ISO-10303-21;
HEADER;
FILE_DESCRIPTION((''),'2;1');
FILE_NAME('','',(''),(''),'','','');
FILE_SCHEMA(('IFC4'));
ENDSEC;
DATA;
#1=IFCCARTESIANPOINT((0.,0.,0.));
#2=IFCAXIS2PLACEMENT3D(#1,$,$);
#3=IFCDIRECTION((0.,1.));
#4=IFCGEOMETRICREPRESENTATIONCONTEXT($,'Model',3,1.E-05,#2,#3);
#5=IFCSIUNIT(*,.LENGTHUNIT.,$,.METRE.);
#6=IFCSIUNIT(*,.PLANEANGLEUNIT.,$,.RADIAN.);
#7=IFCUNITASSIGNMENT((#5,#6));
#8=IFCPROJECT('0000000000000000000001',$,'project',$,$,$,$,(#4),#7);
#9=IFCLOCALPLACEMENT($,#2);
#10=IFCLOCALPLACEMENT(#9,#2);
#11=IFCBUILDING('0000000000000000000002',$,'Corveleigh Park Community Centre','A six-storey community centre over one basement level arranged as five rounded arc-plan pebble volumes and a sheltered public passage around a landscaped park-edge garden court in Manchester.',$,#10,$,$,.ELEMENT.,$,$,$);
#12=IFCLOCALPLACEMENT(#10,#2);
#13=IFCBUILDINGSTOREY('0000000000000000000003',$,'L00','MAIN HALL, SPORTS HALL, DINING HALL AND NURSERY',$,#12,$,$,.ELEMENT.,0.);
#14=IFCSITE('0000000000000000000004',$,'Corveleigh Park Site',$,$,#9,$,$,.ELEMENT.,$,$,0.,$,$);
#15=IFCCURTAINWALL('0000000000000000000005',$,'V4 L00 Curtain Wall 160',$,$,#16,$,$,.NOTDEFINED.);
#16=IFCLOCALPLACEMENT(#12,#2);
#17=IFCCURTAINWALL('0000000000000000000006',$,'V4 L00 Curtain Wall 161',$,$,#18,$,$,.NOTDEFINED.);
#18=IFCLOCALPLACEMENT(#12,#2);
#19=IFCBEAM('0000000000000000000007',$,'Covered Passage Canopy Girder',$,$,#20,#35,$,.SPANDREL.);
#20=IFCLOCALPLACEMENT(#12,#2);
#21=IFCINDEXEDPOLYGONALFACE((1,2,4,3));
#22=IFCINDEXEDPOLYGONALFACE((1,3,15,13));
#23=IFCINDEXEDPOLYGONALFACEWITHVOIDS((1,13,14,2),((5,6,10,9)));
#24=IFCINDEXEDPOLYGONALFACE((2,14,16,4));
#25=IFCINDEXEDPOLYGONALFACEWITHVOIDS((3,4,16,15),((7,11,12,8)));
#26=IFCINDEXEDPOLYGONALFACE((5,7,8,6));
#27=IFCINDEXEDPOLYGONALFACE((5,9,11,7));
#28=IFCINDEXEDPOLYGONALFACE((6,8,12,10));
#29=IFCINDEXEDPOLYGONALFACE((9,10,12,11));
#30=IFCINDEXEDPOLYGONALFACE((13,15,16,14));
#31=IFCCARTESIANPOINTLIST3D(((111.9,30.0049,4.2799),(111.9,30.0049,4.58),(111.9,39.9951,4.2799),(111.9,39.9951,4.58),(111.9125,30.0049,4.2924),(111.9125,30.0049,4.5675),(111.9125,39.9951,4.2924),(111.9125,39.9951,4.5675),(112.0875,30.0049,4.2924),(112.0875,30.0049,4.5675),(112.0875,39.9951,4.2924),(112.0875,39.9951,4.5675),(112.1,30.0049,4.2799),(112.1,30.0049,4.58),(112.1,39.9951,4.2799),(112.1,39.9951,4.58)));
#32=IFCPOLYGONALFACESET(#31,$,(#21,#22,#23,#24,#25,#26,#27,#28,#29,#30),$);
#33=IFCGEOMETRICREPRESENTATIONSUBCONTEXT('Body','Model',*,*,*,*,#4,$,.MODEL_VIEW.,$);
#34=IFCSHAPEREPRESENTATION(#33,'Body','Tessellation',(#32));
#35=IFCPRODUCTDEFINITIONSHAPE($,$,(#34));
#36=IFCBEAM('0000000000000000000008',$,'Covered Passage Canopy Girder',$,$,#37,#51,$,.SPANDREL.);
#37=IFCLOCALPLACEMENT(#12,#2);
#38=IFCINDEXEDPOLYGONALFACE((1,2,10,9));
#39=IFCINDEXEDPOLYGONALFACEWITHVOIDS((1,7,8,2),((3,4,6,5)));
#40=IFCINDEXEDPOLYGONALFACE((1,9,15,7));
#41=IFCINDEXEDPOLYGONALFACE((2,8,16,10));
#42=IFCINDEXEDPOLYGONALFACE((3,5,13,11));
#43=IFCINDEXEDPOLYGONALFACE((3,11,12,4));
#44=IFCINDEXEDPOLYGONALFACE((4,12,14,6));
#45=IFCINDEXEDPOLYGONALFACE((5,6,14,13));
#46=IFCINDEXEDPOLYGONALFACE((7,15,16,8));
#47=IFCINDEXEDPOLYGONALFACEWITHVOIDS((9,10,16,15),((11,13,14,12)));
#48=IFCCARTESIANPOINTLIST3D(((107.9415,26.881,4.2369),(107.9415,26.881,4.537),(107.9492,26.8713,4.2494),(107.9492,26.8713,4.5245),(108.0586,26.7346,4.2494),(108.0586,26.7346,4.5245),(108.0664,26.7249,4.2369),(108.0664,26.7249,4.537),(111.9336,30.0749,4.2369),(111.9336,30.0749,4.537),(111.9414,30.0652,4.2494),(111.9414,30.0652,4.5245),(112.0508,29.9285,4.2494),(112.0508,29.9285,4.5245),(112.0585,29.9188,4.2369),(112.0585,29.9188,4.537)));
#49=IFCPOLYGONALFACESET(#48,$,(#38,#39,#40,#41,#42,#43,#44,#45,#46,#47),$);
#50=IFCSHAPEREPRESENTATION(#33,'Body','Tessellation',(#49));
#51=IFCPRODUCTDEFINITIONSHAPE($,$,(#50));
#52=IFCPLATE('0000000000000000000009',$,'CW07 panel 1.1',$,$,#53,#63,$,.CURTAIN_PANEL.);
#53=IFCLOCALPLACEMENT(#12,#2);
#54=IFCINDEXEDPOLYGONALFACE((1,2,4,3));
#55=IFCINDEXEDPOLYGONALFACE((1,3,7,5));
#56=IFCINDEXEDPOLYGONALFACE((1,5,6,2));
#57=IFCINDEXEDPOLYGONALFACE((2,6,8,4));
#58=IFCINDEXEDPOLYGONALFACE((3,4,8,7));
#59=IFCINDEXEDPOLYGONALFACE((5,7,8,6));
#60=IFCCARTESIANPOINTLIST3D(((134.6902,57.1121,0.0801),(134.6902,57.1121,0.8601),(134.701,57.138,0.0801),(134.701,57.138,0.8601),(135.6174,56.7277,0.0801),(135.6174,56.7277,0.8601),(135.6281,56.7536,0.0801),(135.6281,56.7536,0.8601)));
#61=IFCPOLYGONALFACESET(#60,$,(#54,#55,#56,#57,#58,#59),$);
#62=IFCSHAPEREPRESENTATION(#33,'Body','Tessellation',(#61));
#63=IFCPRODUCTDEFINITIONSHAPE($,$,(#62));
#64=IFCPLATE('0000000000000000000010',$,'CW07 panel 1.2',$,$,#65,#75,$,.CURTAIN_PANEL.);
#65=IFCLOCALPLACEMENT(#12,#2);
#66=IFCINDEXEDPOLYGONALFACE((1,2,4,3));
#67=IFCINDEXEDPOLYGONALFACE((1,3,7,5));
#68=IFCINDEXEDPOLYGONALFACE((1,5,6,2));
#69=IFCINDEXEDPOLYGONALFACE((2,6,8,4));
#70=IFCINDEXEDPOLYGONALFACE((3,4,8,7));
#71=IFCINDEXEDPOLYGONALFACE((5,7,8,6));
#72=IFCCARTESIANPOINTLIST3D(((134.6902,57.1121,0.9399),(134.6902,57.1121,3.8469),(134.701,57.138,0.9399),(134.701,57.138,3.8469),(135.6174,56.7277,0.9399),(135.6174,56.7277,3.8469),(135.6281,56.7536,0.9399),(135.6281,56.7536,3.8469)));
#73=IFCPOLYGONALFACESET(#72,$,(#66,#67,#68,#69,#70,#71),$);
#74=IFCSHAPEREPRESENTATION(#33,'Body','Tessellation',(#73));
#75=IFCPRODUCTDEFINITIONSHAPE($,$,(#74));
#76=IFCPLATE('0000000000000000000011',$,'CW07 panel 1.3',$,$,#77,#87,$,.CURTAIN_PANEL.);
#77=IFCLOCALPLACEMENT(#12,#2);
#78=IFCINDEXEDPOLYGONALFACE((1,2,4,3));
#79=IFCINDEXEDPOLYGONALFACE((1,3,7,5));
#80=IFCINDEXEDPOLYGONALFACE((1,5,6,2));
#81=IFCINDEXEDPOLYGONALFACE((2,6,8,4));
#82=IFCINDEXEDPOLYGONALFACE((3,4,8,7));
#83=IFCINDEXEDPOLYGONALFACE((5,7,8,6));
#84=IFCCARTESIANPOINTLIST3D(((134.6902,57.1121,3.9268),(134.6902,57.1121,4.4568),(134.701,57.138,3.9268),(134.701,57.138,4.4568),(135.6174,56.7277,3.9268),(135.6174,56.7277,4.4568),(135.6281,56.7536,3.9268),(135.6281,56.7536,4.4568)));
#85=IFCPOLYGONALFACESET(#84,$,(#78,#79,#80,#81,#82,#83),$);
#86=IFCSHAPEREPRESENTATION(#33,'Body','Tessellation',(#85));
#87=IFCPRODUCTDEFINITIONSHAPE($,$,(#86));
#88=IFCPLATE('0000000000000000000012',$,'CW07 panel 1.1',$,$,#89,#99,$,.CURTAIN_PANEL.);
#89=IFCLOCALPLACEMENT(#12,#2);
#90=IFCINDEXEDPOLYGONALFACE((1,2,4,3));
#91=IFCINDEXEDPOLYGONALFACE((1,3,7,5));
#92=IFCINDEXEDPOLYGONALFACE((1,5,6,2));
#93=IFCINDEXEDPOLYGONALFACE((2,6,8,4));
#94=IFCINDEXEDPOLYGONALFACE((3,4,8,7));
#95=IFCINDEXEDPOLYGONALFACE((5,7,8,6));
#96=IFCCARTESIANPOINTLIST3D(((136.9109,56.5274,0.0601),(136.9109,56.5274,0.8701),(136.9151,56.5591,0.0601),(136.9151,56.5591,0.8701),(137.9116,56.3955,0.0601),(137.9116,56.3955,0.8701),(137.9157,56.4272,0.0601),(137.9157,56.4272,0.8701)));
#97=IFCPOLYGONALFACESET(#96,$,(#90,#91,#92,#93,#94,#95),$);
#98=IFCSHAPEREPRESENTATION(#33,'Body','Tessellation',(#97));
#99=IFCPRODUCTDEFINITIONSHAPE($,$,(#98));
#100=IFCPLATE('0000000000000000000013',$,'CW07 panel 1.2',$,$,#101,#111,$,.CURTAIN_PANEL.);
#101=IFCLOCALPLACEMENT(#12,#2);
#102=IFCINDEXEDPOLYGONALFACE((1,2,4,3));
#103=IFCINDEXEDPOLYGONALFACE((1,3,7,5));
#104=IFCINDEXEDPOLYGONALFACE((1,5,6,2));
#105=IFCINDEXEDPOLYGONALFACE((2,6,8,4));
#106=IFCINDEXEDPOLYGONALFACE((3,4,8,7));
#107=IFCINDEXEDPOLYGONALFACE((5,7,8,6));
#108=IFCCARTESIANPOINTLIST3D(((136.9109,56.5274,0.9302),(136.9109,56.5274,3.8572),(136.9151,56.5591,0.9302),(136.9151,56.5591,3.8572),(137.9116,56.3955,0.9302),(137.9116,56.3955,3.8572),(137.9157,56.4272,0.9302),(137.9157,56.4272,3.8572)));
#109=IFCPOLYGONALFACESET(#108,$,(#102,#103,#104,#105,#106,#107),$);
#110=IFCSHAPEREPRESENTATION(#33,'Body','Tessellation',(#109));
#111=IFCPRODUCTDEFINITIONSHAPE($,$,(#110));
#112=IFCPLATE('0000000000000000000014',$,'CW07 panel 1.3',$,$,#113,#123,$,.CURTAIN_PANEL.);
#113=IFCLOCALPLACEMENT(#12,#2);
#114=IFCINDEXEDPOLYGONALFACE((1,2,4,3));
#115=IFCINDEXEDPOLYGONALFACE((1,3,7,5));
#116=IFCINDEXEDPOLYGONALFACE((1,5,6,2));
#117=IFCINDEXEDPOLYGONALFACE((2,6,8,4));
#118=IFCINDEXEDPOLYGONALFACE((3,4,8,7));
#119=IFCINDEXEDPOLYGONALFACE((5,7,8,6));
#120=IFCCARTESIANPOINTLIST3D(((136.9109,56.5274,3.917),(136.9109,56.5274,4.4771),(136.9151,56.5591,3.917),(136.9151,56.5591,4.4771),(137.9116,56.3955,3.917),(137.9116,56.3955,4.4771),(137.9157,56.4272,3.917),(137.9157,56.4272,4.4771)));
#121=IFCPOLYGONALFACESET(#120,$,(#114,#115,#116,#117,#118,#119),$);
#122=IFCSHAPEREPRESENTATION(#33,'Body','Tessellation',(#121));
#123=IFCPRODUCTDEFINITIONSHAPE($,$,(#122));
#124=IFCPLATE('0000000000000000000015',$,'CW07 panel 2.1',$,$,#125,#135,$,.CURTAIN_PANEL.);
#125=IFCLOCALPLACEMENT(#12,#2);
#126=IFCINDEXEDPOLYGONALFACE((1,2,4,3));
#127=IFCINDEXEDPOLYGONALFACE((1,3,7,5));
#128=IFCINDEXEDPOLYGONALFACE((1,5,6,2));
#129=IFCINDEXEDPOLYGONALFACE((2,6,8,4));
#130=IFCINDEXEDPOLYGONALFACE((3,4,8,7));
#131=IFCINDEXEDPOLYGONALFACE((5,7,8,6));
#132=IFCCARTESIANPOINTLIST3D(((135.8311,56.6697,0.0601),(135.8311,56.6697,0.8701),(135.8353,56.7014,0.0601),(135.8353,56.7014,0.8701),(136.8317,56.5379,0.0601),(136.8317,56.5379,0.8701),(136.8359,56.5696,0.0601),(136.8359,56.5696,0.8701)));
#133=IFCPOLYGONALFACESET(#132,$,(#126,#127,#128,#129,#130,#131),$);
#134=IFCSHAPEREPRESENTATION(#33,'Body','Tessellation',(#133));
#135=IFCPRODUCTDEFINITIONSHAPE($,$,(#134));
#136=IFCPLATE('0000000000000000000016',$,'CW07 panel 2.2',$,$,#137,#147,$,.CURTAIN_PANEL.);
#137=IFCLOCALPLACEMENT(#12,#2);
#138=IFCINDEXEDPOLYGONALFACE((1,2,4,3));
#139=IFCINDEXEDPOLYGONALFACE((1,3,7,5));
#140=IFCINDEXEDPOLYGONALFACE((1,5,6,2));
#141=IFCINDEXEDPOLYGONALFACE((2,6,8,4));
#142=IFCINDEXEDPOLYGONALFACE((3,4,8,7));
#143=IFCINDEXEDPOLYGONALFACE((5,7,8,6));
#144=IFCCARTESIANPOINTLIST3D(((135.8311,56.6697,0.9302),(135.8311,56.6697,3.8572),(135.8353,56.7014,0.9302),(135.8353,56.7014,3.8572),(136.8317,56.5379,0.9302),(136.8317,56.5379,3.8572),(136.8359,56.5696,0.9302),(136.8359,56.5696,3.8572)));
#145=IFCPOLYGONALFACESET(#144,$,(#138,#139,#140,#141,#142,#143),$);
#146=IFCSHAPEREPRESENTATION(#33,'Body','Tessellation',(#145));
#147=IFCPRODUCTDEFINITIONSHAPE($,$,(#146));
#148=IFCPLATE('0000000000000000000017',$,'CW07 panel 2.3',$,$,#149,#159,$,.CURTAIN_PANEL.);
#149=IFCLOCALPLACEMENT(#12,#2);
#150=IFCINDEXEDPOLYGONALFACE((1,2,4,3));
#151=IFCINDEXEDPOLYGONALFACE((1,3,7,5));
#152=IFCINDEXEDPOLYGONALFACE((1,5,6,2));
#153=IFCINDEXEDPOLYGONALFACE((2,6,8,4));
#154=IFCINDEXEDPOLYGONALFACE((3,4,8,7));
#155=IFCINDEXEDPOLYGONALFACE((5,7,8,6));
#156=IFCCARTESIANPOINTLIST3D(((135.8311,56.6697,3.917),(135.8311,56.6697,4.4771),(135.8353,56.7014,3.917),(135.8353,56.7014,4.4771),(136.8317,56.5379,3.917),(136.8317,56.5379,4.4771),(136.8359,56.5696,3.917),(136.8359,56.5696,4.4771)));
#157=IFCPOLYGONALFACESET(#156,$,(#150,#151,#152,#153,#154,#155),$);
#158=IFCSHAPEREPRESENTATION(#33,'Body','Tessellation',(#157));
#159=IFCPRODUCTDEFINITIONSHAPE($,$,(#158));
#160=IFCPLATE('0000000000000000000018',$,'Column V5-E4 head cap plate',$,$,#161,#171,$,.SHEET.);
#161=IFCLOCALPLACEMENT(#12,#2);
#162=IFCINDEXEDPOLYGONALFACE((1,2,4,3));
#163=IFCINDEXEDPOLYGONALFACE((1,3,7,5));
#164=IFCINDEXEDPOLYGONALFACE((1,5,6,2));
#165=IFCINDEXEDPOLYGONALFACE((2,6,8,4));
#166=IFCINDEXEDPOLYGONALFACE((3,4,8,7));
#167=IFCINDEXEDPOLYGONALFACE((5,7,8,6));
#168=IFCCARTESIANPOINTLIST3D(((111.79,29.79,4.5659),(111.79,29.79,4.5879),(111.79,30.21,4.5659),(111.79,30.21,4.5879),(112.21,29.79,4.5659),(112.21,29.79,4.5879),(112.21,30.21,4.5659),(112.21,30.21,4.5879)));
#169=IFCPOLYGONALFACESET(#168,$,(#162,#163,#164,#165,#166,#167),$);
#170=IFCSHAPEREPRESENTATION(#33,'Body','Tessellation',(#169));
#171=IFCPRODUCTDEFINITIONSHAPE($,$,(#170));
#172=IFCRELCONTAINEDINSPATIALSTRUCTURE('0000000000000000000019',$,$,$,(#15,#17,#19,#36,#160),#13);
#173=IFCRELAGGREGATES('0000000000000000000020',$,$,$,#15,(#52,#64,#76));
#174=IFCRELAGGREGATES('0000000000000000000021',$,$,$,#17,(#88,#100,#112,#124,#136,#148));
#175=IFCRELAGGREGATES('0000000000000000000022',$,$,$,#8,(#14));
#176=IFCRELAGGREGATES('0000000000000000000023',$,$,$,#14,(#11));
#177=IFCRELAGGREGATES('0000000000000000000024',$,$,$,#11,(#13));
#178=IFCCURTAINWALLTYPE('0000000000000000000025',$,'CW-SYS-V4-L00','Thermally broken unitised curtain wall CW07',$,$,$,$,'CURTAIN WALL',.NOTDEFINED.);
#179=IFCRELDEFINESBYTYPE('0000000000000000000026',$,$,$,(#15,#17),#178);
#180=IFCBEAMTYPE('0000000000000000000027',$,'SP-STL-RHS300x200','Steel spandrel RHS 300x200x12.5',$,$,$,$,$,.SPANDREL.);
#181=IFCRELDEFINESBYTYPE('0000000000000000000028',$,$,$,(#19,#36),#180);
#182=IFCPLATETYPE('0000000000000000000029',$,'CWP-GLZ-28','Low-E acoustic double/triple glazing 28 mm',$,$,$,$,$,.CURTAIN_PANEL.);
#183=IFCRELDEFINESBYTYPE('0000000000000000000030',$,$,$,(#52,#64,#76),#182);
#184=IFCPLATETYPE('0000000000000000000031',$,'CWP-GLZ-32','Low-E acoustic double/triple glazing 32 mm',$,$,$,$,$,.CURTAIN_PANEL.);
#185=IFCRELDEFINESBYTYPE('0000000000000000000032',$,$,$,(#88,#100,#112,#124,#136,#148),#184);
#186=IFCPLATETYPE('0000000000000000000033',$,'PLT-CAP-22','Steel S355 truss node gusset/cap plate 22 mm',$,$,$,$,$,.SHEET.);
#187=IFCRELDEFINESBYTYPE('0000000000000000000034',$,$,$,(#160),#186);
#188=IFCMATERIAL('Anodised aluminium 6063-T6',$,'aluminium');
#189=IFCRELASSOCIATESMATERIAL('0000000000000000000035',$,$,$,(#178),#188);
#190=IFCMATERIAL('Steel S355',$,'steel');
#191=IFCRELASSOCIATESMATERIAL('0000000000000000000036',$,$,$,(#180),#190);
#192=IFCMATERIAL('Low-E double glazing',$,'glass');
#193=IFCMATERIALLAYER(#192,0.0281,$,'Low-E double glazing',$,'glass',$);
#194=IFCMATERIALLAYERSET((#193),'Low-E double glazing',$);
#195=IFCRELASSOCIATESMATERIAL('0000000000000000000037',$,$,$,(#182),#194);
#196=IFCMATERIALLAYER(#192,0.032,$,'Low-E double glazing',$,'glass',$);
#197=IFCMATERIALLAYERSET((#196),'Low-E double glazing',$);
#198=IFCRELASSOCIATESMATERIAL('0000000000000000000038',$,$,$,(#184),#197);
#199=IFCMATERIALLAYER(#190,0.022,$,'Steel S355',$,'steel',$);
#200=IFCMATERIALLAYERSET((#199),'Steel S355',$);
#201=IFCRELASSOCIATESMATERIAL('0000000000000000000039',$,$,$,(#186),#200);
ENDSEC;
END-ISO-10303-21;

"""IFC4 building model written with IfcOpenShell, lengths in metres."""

from ifc_helpers import new_model, si_unit, direction, frame, origin, origin_2d, place, context, subcontext, project, spatial, rectangle, hollow_rectangle, extrude, material, layer, layer_set, material_profile, profile_set, type_object, element, aggregate, save


model = new_model("IFC4")

# Units and contexts
model_context = context("Model", 3, precision=1e-05, world=origin(), true_north=direction((0.0, 1.0)))
body_context = subcontext(model_context, "Body", "Model", "MODEL_VIEW")
ifc_project = project(units=[si_unit("LENGTHUNIT", "METRE"), si_unit("PLANEANGLEUNIT", "RADIAN")], contexts=[model_context])

# Site, building, storey
site_placement = place(None, origin())
site = spatial("IfcSite", under=ifc_project, at=site_placement, Name="Corveleigh Park Site", CompositionType="ELEMENT", RefElevation=0.0)
building_placement = place(site_placement, origin())
building = spatial("IfcBuilding", under=site, at=building_placement, Name="Corveleigh Park Community Centre", Description="A six-storey community centre over one basement level arranged as five rounded arc-plan pebble volumes and a sheltered public passage around a landscaped park-edge garden court in Manchester.", CompositionType="ELEMENT")
storey_placement = place(building_placement, origin())
storey = spatial("IfcBuildingStorey", under=building, at=storey_placement, Name="L00", Description="MAIN HALL, SPORTS HALL, DINING HALL AND NURSERY", CompositionType="ELEMENT", Elevation=0.0)

# Shared definitions
ifc_material_1 = material(Name="Steel S355", Category="steel")

# Curtain wall
ifc_material_2 = material(Name="Anodised aluminium 6063-T6", Category="aluminium")
curtain_wall_type = type_object("IfcCurtainWallType", Name="CW-SYS-V4-L00", Description="Thermally broken unitised curtain wall CW07", ElementType="CURTAIN WALL", PredefinedType="NOTDEFINED", material=ifc_material_2)
curtain_wall_1_placement = place(storey_placement, origin())
curtain_wall_1 = element("IfcCurtainWall", 1, at=curtain_wall_1_placement, inside=storey, type_object=curtain_wall_type, Name="V4 L00 Curtain Wall 160", PredefinedType="NOTDEFINED")

# Curtain wall
curtain_wall_2_placement = place(storey_placement, origin())
curtain_wall_2 = element("IfcCurtainWall", 2, at=curtain_wall_2_placement, inside=storey, type_object=curtain_wall_type, Name="V4 L00 Curtain Wall 161", PredefinedType="NOTDEFINED")

# Beams
ifc_material_profile_1 = material_profile(ifc_material_1, hollow_rectangle(XDim=0.2, YDim=0.3, WallThickness=0.0125, at=origin_2d()), Name="RHS 300x200x12.5", Category="steel")
ifc_profile_set_1 = profile_set([ifc_material_profile_1], Name="Steel S355")
beam_type = type_object("IfcBeamType", Name="SP-STL-RHS300x200", Description="Steel spandrel RHS 300x200x12.5", PredefinedType="SPANDREL", material=ifc_profile_set_1)
beam_1_placement = place(storey_placement, frame((112.0, 39.9951, 4.4299), z_axis=(0.0, -1.0, 0.0), x_axis=(1.0, 0.0, 0.0)))
element("IfcBeam", 3, at=beam_1_placement, inside=storey, type_object=beam_type, Name="Covered Passage Canopy Girder", PredefinedType="SPANDREL", context=body_context, shape_type="SweptSolid", body=[
    extrude(hollow_rectangle(XDim=0.2, YDim=0.3, WallThickness=0.0125, at=origin_2d()), origin(), (0.0, 0.0, 1.0), 9.9902),
])
beam_2_placement = place(storey_placement, frame((111.9961, 29.9968, 4.387), z_axis=(-0.780859, -0.624707, 0.0), x_axis=(0.624707, -0.780859, 0.0)))
element("IfcBeam", 4, at=beam_2_placement, inside=storey, type_object=beam_type, Name="Covered Passage Canopy Girder", PredefinedType="SPANDREL", context=body_context, shape_type="SweptSolid", body=[
    extrude(hollow_rectangle(XDim=0.2, YDim=0.3, WallThickness=0.0125, at=origin_2d()), origin(), (0.0, 0.0, 1.0), 5.1125),
])

# Plates
ifc_material_3 = material(Name="Low-E double glazing", Category="glass")
ifc_layer_1 = layer(ifc_material_3, 0.0281, Name="Low-E double glazing", Category="glass")
ifc_layer_set_1 = layer_set([ifc_layer_1], Name="Low-E double glazing")
plate_type_1 = type_object("IfcPlateType", Name="CWP-GLZ-28", Description="Low-E acoustic double/triple glazing 28 mm", PredefinedType="CURTAIN_PANEL", material=ifc_layer_set_1)
plate_1_placement = place(storey_placement, frame((135.1592, 56.9329, 0.0801), z_axis=(0.0, 0.0, 1.0), x_axis=(-0.923738, 0.383024, 0.0)))
plate_1 = element("IfcPlate", 5, at=plate_1_placement, type_object=plate_type_1, Name="CW07 panel 1.1", PredefinedType="CURTAIN_PANEL", context=body_context, shape_type="SweptSolid", body=[
    extrude(rectangle(XDim=1.0037, YDim=0.0281, at=origin_2d()), origin(), (0.0, 0.0, 1.0), 0.78),
])
plate_2_placement = place(storey_placement, frame((135.1592, 56.9329, 0.9399), z_axis=(0.0, 0.0, 1.0), x_axis=(-0.923738, 0.383024, 0.0)))
plate_2 = element("IfcPlate", 6, at=plate_2_placement, type_object=plate_type_1, Name="CW07 panel 1.2", PredefinedType="CURTAIN_PANEL", context=body_context, shape_type="SweptSolid", body=[
    extrude(rectangle(XDim=1.0037, YDim=0.0281, at=origin_2d()), origin(), (0.0, 0.0, 1.0), 2.907),
])
plate_3_placement = place(storey_placement, frame((135.1592, 56.9329, 3.9268), z_axis=(0.0, 0.0, 1.0), x_axis=(-0.923738, 0.383024, 0.0)))
plate_3 = element("IfcPlate", 7, at=plate_3_placement, type_object=plate_type_1, Name="CW07 panel 1.3", PredefinedType="CURTAIN_PANEL", context=body_context, shape_type="SweptSolid", body=[
    extrude(rectangle(XDim=1.0037, YDim=0.0281, at=origin_2d()), origin(), (0.0, 0.0, 1.0), 0.53),
])
aggregate(curtain_wall_1, [plate_1, plate_2, plate_3])
ifc_layer_2 = layer(ifc_material_3, 0.032, Name="Low-E double glazing", Category="glass")
ifc_layer_set_2 = layer_set([ifc_layer_2], Name="Low-E double glazing")
plate_type_2 = type_object("IfcPlateType", Name="CWP-GLZ-32", Description="Low-E acoustic double/triple glazing 32 mm", PredefinedType="CURTAIN_PANEL", material=ifc_layer_set_2)
plate_4_placement = place(storey_placement, frame((137.4133, 56.4773, 0.0601), z_axis=(0.0, 0.0, 1.0), x_axis=(-0.991432, 0.130626, 0.0)))
plate_4 = element("IfcPlate", 8, at=plate_4_placement, type_object=plate_type_2, Name="CW07 panel 1.1", PredefinedType="CURTAIN_PANEL", context=body_context, shape_type="SweptSolid", body=[
    extrude(rectangle(XDim=1.0093, YDim=0.032, at=origin_2d()), origin(), (0.0, 0.0, 1.0), 0.8101),
])
plate_5_placement = place(storey_placement, frame((137.4133, 56.4773, 0.9302), z_axis=(0.0, 0.0, 1.0), x_axis=(-0.991432, 0.130626, 0.0)))
plate_5 = element("IfcPlate", 9, at=plate_5_placement, type_object=plate_type_2, Name="CW07 panel 1.2", PredefinedType="CURTAIN_PANEL", context=body_context, shape_type="SweptSolid", body=[
    extrude(rectangle(XDim=1.0093, YDim=0.032, at=origin_2d()), origin(), (0.0, 0.0, 1.0), 2.927),
])
plate_6_placement = place(storey_placement, frame((137.4133, 56.4773, 3.917), z_axis=(0.0, 0.0, 1.0), x_axis=(-0.991432, 0.130626, 0.0)))
plate_6 = element("IfcPlate", 10, at=plate_6_placement, type_object=plate_type_2, Name="CW07 panel 1.3", PredefinedType="CURTAIN_PANEL", context=body_context, shape_type="SweptSolid", body=[
    extrude(rectangle(XDim=1.0093, YDim=0.032, at=origin_2d()), origin(), (0.0, 0.0, 1.0), 0.5601),
])
plate_7_placement = place(storey_placement, frame((136.3335, 56.6196, 0.0601), z_axis=(0.0, 0.0, 1.0), x_axis=(-0.991432, 0.130626, 0.0)))
plate_7 = element("IfcPlate", 11, at=plate_7_placement, type_object=plate_type_2, Name="CW07 panel 2.1", PredefinedType="CURTAIN_PANEL", context=body_context, shape_type="SweptSolid", body=[
    extrude(rectangle(XDim=1.0093, YDim=0.032, at=origin_2d()), origin(), (0.0, 0.0, 1.0), 0.8101),
])
plate_8_placement = place(storey_placement, frame((136.3335, 56.6196, 0.9302), z_axis=(0.0, 0.0, 1.0), x_axis=(-0.991432, 0.130626, 0.0)))
plate_8 = element("IfcPlate", 12, at=plate_8_placement, type_object=plate_type_2, Name="CW07 panel 2.2", PredefinedType="CURTAIN_PANEL", context=body_context, shape_type="SweptSolid", body=[
    extrude(rectangle(XDim=1.0093, YDim=0.032, at=origin_2d()), origin(), (0.0, 0.0, 1.0), 2.927),
])
plate_9_placement = place(storey_placement, frame((136.3335, 56.6196, 3.917), z_axis=(0.0, 0.0, 1.0), x_axis=(-0.991432, 0.130626, 0.0)))
plate_9 = element("IfcPlate", 13, at=plate_9_placement, type_object=plate_type_2, Name="CW07 panel 2.3", PredefinedType="CURTAIN_PANEL", context=body_context, shape_type="SweptSolid", body=[
    extrude(rectangle(XDim=1.0093, YDim=0.032, at=origin_2d()), origin(), (0.0, 0.0, 1.0), 0.5601),
])
aggregate(curtain_wall_2, [plate_4, plate_5, plate_6, plate_7, plate_8, plate_9])
ifc_layer_3 = layer(ifc_material_1, 0.022, Name="Steel S355", Category="steel")
ifc_layer_set_3 = layer_set([ifc_layer_3], Name="Steel S355")
plate_type_3 = type_object("IfcPlateType", Name="PLT-CAP-22", Description="Steel S355 truss node gusset/cap plate 22 mm", PredefinedType="SHEET", material=ifc_layer_set_3)
plate_10_placement = place(storey_placement, frame((112.0, 30.0, 4.5659), z_axis=(0.0, 0.0, 1.0), x_axis=(1.0, 0.0, 0.0)))
element("IfcPlate", 14, at=plate_10_placement, inside=storey, type_object=plate_type_3, Name="Column V5-E4 head cap plate", PredefinedType="SHEET", context=body_context, shape_type="SweptSolid", body=[
    extrude(rectangle(XDim=0.4199, YDim=0.4199, at=origin_2d()), origin(), (0.0, 0.0, 1.0), 0.022),
])

save(model, "model.ifc")
